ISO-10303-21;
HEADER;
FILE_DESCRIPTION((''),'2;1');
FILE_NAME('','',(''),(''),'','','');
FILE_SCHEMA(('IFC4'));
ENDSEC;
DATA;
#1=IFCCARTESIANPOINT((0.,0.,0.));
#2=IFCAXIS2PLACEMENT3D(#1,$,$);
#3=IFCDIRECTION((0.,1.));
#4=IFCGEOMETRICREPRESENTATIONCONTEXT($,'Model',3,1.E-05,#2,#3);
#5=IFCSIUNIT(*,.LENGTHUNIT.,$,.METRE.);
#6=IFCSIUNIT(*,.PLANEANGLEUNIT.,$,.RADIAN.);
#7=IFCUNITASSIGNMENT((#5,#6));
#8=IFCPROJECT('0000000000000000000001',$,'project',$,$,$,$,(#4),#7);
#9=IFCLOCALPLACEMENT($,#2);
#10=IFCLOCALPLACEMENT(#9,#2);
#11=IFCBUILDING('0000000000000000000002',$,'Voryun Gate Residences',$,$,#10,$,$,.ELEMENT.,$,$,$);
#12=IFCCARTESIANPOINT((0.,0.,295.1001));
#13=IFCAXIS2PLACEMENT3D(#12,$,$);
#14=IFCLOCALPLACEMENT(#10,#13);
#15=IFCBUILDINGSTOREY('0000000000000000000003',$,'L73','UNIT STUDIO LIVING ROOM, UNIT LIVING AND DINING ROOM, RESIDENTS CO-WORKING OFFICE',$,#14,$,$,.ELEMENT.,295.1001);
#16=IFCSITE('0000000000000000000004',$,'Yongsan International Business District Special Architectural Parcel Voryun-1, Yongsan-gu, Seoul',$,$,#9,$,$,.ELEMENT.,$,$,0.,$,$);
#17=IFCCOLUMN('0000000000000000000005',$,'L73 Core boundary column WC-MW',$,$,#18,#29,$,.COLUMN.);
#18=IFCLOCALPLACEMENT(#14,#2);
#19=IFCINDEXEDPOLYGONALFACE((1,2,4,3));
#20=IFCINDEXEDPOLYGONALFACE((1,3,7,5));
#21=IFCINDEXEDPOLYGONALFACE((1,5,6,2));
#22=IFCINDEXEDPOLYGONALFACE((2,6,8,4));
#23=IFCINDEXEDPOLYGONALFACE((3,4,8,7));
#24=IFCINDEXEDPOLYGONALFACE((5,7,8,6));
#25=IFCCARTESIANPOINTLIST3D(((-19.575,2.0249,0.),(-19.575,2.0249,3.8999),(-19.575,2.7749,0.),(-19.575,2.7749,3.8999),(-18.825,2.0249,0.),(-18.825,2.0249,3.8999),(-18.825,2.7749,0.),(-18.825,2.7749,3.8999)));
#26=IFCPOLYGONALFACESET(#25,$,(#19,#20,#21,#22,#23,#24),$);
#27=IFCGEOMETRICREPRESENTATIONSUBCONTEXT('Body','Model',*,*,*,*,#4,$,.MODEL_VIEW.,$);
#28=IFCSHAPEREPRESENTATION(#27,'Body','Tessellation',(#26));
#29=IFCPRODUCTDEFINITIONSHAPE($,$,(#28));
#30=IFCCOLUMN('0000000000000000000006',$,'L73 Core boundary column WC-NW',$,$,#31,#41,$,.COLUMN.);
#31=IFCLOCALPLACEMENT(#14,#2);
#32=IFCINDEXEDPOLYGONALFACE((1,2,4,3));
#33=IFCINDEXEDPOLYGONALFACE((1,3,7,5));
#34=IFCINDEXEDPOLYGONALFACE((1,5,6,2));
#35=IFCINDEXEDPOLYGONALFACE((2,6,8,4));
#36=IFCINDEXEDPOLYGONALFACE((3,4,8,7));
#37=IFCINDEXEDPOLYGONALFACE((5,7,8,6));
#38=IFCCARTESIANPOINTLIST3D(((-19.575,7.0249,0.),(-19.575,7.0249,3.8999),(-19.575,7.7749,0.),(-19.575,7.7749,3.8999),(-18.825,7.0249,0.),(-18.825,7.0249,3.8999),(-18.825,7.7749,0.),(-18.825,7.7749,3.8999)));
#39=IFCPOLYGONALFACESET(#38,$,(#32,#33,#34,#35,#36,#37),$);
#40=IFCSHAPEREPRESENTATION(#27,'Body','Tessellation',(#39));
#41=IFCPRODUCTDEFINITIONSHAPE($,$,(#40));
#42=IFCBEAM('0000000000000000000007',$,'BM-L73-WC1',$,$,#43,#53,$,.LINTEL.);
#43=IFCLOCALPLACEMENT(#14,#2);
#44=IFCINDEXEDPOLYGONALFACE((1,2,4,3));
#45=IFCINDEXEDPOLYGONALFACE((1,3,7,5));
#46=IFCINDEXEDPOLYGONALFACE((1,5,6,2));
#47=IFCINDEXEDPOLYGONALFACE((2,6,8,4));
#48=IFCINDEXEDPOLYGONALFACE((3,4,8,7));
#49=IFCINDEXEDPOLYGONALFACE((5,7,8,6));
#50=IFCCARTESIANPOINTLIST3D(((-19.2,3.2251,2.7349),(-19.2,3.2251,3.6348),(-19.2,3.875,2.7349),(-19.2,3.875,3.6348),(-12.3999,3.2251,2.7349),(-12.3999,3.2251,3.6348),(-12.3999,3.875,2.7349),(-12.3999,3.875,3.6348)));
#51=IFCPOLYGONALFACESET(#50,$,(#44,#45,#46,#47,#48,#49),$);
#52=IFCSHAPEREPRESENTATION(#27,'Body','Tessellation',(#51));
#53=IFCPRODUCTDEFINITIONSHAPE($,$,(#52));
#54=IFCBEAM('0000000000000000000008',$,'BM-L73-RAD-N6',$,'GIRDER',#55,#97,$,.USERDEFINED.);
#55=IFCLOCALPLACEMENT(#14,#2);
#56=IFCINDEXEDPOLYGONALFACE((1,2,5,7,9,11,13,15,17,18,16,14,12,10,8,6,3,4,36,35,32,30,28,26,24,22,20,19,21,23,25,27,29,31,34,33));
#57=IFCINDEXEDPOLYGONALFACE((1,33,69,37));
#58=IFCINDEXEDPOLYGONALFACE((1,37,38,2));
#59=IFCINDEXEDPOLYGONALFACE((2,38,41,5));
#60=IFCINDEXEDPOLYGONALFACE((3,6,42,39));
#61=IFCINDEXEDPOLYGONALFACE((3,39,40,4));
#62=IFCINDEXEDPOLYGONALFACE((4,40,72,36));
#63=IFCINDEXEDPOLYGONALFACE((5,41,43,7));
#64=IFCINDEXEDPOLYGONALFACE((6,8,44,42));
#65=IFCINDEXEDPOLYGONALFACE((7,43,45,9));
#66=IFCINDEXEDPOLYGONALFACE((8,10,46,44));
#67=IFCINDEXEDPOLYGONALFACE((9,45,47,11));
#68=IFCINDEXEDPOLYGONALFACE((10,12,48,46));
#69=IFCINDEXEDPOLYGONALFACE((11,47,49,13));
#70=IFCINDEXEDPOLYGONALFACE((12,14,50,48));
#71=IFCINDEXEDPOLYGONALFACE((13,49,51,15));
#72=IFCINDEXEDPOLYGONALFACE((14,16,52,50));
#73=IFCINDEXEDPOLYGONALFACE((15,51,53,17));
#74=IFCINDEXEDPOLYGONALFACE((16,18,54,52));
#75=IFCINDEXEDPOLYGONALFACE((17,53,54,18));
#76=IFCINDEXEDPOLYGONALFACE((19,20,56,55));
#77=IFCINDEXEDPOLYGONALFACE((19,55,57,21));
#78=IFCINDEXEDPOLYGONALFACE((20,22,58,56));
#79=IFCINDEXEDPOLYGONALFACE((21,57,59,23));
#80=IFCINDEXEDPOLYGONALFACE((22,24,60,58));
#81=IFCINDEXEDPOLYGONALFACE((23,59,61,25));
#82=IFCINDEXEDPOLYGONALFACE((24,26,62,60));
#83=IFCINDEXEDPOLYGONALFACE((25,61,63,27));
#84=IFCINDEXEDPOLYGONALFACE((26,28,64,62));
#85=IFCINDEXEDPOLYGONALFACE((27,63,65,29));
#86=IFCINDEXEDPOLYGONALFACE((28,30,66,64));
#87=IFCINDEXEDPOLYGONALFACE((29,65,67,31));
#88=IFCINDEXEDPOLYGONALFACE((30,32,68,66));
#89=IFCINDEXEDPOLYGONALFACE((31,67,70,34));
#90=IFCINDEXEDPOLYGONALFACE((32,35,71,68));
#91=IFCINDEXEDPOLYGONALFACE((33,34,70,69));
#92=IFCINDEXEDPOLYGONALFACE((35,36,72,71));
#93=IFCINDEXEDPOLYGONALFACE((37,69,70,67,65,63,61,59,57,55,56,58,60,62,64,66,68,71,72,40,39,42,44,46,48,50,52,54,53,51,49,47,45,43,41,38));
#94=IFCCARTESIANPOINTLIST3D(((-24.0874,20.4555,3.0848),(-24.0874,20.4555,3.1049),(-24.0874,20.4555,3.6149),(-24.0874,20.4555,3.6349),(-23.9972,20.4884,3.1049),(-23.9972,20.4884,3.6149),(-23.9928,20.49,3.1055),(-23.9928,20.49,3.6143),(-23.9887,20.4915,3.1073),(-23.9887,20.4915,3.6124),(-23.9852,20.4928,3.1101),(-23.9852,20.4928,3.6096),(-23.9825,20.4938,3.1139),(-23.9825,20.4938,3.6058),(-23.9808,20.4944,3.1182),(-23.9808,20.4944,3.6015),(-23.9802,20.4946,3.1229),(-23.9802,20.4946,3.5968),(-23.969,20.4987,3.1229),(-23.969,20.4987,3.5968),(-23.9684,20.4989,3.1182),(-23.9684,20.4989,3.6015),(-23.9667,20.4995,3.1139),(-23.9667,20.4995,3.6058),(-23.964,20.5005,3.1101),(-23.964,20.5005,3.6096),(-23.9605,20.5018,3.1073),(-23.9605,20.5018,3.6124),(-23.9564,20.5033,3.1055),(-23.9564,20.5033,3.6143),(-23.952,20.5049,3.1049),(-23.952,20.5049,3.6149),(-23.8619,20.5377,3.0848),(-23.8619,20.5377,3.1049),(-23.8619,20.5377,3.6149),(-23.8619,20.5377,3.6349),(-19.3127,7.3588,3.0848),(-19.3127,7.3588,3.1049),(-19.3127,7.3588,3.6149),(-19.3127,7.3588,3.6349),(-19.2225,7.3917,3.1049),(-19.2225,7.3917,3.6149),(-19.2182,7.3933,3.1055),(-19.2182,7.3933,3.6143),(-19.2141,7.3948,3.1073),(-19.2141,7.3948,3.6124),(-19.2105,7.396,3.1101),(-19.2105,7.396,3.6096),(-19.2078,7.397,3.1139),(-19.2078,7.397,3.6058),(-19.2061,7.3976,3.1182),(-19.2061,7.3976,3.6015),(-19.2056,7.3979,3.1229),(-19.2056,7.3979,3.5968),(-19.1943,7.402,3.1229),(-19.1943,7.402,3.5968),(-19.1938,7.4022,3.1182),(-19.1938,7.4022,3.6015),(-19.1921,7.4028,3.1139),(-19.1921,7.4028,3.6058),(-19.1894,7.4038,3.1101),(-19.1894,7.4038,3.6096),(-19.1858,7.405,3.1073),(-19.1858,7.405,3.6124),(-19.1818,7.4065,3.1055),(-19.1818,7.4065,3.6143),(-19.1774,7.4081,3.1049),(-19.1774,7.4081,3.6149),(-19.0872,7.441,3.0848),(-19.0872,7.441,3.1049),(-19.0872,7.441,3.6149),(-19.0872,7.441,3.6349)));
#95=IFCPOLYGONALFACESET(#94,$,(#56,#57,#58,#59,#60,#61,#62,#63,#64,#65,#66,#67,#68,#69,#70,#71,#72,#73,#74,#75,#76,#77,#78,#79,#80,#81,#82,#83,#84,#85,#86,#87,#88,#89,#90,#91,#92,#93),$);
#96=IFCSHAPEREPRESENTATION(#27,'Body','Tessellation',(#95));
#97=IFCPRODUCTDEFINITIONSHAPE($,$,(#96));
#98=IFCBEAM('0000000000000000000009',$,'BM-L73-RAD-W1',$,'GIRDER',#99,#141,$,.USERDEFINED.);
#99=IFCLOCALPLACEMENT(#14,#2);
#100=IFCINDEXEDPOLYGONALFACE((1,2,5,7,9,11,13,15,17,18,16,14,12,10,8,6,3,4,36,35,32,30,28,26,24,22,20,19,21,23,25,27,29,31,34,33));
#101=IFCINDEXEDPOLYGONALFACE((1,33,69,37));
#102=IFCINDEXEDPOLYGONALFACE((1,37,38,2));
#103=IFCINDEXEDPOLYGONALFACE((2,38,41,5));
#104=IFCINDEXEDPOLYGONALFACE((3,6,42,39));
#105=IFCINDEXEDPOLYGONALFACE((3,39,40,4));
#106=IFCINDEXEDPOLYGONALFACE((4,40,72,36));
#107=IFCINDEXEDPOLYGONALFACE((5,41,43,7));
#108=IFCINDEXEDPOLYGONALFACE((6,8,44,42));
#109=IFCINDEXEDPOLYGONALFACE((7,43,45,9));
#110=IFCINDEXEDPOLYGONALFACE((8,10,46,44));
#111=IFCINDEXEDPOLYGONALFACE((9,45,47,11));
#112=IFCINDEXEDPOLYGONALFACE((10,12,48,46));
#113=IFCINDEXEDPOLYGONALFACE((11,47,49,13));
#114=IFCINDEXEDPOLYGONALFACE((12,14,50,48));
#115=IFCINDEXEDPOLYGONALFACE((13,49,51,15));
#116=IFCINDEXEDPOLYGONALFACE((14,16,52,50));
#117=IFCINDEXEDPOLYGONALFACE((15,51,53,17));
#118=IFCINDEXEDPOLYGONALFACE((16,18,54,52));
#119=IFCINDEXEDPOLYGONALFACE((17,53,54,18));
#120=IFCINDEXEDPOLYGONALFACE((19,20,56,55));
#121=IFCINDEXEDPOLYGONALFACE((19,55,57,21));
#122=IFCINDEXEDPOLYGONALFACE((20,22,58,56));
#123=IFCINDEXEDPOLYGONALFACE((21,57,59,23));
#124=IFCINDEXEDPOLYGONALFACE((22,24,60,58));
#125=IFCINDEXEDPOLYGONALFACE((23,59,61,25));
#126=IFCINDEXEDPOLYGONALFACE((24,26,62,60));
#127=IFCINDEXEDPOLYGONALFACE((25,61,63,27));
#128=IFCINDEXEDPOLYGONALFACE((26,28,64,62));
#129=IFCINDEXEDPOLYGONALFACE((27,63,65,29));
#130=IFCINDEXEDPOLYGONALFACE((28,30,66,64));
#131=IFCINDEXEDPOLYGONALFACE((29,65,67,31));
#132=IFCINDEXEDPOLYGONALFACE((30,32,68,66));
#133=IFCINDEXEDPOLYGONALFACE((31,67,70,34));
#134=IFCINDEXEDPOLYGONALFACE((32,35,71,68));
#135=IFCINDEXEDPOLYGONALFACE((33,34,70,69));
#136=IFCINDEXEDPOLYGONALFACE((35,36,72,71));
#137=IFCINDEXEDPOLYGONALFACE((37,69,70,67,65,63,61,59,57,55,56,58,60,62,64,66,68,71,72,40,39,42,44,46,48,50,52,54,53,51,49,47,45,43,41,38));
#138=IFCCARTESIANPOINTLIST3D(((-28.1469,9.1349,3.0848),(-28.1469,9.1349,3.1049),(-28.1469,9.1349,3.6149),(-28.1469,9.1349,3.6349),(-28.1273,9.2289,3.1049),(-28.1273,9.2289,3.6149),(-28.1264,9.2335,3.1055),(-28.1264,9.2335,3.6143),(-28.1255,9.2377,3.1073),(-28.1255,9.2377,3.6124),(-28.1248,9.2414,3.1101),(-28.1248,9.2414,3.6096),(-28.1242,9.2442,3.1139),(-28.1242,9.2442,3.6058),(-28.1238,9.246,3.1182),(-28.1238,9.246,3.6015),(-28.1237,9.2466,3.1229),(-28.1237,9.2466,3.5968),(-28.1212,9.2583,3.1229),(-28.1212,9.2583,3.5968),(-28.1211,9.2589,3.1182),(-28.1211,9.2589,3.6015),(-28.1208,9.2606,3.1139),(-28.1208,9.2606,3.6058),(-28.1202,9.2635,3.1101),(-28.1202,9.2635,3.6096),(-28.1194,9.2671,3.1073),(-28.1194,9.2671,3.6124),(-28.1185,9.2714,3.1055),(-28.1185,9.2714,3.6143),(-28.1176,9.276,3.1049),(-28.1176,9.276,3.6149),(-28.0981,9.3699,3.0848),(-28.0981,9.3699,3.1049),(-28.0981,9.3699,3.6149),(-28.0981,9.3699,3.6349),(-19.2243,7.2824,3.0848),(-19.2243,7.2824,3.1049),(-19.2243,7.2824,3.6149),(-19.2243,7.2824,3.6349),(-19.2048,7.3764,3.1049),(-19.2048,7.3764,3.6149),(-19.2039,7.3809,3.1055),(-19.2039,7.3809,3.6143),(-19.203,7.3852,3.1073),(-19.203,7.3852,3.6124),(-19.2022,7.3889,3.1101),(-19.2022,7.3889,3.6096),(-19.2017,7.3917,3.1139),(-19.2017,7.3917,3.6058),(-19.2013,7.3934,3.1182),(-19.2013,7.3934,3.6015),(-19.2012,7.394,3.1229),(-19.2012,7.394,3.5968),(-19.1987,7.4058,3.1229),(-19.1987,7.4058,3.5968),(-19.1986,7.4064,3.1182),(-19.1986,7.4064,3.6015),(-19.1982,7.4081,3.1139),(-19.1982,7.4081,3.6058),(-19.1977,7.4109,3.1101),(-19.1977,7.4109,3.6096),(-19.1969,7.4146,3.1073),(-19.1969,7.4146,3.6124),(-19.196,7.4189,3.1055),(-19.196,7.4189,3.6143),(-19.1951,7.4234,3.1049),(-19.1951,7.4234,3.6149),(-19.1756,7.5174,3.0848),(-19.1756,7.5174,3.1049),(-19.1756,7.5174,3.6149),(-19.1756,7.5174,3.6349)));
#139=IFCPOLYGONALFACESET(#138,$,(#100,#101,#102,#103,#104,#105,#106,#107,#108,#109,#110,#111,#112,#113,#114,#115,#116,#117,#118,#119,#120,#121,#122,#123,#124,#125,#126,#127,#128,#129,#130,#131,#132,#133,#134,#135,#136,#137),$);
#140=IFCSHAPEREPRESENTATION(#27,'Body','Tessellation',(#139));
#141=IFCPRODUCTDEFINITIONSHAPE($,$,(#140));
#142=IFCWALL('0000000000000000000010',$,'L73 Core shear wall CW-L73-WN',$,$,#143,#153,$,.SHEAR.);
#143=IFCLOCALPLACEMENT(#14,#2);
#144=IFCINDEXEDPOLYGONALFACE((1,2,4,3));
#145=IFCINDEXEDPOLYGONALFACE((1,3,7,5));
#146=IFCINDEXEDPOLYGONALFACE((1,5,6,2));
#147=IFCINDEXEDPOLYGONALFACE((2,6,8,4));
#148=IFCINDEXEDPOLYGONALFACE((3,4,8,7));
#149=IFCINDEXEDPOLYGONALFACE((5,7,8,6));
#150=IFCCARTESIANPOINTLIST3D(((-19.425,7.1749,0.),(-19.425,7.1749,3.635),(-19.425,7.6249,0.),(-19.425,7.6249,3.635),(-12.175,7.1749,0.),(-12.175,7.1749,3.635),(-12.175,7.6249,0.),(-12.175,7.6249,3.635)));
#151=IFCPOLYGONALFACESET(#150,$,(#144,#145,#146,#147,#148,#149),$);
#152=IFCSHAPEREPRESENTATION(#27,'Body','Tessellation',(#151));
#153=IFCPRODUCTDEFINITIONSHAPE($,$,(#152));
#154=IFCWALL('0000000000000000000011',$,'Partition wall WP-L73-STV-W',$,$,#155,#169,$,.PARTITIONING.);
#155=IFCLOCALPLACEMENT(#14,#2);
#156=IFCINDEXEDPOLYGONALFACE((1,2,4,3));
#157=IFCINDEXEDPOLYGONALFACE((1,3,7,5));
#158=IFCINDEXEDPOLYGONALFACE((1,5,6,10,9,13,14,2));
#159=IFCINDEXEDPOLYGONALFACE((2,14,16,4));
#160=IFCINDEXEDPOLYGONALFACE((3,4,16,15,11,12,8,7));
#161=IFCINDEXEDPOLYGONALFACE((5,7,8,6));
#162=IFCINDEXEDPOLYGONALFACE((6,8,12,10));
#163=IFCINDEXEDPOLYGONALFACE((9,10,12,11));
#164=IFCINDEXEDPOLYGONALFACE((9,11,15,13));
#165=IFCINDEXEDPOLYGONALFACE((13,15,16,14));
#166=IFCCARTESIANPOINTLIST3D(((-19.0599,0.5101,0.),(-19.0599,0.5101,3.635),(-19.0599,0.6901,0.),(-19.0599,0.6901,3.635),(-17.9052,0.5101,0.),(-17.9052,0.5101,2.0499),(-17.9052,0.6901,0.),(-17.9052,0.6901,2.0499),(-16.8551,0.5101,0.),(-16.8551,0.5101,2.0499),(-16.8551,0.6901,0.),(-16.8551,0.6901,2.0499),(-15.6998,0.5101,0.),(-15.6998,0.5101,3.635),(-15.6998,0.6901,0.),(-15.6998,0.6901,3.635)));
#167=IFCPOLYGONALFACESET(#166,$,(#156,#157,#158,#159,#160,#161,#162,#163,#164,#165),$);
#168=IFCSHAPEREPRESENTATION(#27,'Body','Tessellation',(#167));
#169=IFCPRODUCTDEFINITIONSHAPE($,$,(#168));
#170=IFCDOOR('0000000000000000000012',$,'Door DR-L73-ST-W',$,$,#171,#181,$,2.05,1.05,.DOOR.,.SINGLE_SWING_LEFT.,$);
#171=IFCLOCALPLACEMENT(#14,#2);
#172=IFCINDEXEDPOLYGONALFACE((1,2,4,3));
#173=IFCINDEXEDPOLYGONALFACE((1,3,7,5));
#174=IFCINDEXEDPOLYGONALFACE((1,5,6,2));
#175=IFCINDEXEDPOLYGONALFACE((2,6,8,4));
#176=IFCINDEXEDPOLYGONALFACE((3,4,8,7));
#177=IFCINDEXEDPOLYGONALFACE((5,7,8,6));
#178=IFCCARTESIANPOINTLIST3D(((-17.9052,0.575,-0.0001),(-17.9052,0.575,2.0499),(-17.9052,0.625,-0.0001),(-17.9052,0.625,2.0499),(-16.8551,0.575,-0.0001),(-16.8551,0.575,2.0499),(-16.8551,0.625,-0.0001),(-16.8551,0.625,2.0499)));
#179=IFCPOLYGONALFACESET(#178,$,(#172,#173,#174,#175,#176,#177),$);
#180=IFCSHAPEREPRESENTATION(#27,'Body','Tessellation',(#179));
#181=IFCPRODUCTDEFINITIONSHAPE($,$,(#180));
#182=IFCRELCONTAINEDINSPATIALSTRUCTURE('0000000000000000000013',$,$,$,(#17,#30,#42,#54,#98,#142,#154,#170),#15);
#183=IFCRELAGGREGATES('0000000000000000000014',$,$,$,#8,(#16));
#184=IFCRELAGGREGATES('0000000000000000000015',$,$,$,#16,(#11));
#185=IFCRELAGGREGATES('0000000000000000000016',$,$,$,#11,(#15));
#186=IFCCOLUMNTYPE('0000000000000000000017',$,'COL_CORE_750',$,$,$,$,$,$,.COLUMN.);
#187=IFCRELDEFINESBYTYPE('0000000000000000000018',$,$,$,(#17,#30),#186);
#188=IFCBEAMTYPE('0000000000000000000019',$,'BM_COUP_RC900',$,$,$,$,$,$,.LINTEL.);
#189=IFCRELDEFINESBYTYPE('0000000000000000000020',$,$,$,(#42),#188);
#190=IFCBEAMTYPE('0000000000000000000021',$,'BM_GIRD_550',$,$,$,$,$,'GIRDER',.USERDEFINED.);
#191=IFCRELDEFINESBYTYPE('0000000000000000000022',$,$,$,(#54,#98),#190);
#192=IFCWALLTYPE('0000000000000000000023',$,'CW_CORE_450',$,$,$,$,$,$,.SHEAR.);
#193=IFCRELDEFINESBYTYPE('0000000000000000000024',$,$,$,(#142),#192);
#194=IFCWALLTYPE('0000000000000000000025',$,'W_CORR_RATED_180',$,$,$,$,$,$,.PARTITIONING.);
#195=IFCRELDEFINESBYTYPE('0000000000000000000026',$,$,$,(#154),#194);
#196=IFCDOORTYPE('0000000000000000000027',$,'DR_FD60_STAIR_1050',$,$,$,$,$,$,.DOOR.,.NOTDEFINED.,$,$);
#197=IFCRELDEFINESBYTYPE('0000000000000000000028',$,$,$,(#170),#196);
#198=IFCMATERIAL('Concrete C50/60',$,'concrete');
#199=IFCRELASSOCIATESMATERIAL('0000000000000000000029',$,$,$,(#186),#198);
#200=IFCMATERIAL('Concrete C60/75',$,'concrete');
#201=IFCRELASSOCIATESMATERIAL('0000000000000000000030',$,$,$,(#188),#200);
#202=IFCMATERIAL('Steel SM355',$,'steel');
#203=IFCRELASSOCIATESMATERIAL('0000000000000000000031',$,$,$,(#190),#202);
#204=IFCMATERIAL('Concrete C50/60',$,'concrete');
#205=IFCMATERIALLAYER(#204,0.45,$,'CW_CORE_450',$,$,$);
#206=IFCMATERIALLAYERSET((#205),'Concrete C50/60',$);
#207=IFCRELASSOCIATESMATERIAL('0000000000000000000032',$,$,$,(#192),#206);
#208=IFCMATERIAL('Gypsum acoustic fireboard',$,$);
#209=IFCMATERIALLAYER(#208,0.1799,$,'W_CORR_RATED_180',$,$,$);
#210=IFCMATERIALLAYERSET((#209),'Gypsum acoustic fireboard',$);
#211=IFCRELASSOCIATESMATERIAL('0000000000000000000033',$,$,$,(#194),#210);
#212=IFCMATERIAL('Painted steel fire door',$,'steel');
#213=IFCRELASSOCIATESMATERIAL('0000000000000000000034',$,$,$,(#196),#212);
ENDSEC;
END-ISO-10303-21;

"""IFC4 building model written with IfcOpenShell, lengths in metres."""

from ifc_helpers import new_model, si_unit, direction, frame, frame_2d, origin, origin_2d, place, context, subcontext, project, spatial, rectangle, i_section, extrude, material, layer, layer_set, material_profile, profile_set, type_object, element, fill, save


model = new_model("IFC4")

# Units and contexts
model_context = context("Model", 3, precision=1e-05, world=origin(), true_north=direction((0.0, 1.0)))
body_context = subcontext(model_context, "Body", "Model", "MODEL_VIEW")
ifc_project = project(units=[si_unit("LENGTHUNIT", "METRE"), si_unit("PLANEANGLEUNIT", "RADIAN")], contexts=[model_context])

# Site, building, storey
site_placement = place(None, origin())
site = spatial("IfcSite", under=ifc_project, at=site_placement, Name="Yongsan International Business District Special Architectural Parcel Voryun-1, Yongsan-gu, Seoul", CompositionType="ELEMENT", RefElevation=0.0)
building_placement = place(site_placement, origin())
building = spatial("IfcBuilding", under=site, at=building_placement, Name="Voryun Gate Residences", CompositionType="ELEMENT")
storey_placement = place(building_placement, frame((0.0, 0.0, 295.1001)))
storey = spatial("IfcBuildingStorey", under=building, at=storey_placement, Name="L73", Description="UNIT STUDIO LIVING ROOM, UNIT LIVING AND DINING ROOM, RESIDENTS CO-WORKING OFFICE", CompositionType="ELEMENT", Elevation=295.1001)

# Columns
ifc_material_1 = material(Name="Concrete C50/60", Category="concrete")
ifc_material_profile_1 = material_profile(ifc_material_1, rectangle(XDim=0.75, YDim=0.75, at=origin_2d()), Name="RC-750x750")
ifc_profile_set_1 = profile_set([ifc_material_profile_1], Name="Concrete C50/60")
column_type = type_object("IfcColumnType", Name="COL_CORE_750", PredefinedType="COLUMN", material=ifc_profile_set_1)
for number, where, z_axis, x_axis, name in (
    (1, (-19.2, 2.3999, 0.0), (0.0, 0.0, 1.0), (1.0, 0.0, 0.0), "L73 Core boundary column WC-MW"),
    (2, (-19.2, 7.3999, 0.0), (0.0, 0.0, 1.0), (1.0, 0.0, 0.0), "L73 Core boundary column WC-NW"),
):
    element("IfcColumn", number, at=place(storey_placement, frame(where, z_axis=z_axis, x_axis=x_axis)), inside=storey, type_object=column_type, Name=name, PredefinedType="COLUMN", context=body_context, shape_type="SweptSolid", body=[
        extrude(rectangle(XDim=0.75, YDim=0.75, at=origin_2d()), origin(), (0.0, 0.0, 1.0), 3.8999),
    ])

# Beams
ifc_material_2 = material(Name="Concrete C60/75", Category="concrete")
ifc_material_profile_2 = material_profile(ifc_material_2, rectangle(XDim=0.6499, YDim=0.8999, at=origin_2d()), Name="RC-650x900")
ifc_profile_set_2 = profile_set([ifc_material_profile_2], Name="Concrete C60/75")
beam_type_1 = type_object("IfcBeamType", Name="BM_COUP_RC900", PredefinedType="LINTEL", material=ifc_profile_set_2)
beam_1_placement = place(storey_placement, frame((-19.2, 3.55, 3.1848), z_axis=(1.0, 0.0, 0.0), x_axis=(0.0, 1.0, 0.0)))
element("IfcBeam", 3, at=beam_1_placement, inside=storey, type_object=beam_type_1, Name="BM-L73-WC1", PredefinedType="LINTEL", context=body_context, shape_type="SweptSolid", body=[
    extrude(rectangle(XDim=0.6499, YDim=0.8999, at=origin_2d()), origin(), (0.0, 0.0, 1.0), 6.8),
])
ifc_material_3 = material(Name="Steel SM355", Category="steel")
ifc_material_profile_3 = material_profile(ifc_material_3, i_section(OverallWidth=0.24, OverallDepth=0.55, WebThickness=0.012, FlangeThickness=0.02, FilletRadius=0.0181, at=origin_2d()), Name="H-550x240x12x20")
ifc_profile_set_3 = profile_set([ifc_material_profile_3], Name="Steel SM355")
beam_type_2 = type_object("IfcBeamType", Name="BM_GIRD_550", ElementType="GIRDER", PredefinedType="USERDEFINED", material=ifc_profile_set_3)
beam_2_placement = place(storey_placement, frame((-19.2, 7.3999, 3.3599), z_axis=(-0.342518, 0.939511, 0.0), x_axis=(-0.939511, -0.342518, 0.0)))
element("IfcBeam", 4, at=beam_2_placement, inside=storey, type_object=beam_type_2, Name="BM-L73-RAD-N6", ObjectType="GIRDER", PredefinedType="USERDEFINED", context=body_context, shape_type="SweptSolid", body=[
    extrude(i_section(OverallWidth=0.24, OverallDepth=0.55, WebThickness=0.012, FlangeThickness=0.02, FilletRadius=0.0181, at=origin_2d()), origin(), (0.0, 0.0, 1.0), 13.9399),
])
beam_3_placement = place(storey_placement, frame((-19.2, 7.3999, 3.3599), z_axis=(-0.979119, 0.203288, 0.0), x_axis=(-0.203288, -0.979119, 0.0)))
element("IfcBeam", 5, at=beam_3_placement, inside=storey, type_object=beam_type_2, Name="BM-L73-RAD-W1", ObjectType="GIRDER", PredefinedType="USERDEFINED", context=body_context, shape_type="SweptSolid", body=[
    extrude(i_section(OverallWidth=0.24, OverallDepth=0.55, WebThickness=0.012, FlangeThickness=0.02, FilletRadius=0.0181, at=origin_2d()), origin(), (0.0, 0.0, 1.0), 9.1128),
])

# Wall
ifc_material_4 = material(Name="Concrete C50/60", Category="concrete")
ifc_layer_1 = layer(ifc_material_4, 0.45, Name="CW_CORE_450")
ifc_layer_set_1 = layer_set([ifc_layer_1], Name="Concrete C50/60")
wall_type_1 = type_object("IfcWallType", Name="CW_CORE_450", PredefinedType="SHEAR", material=ifc_layer_set_1)
wall_1_placement = place(storey_placement, frame((-19.425, 7.3999, 0.0), z_axis=(0.0, 0.0, 1.0), x_axis=(1.0, 0.0, 0.0)))
element("IfcWall", 6, at=wall_1_placement, inside=storey, type_object=wall_type_1, Name="L73 Core shear wall CW-L73-WN", PredefinedType="SHEAR", context=body_context, shape_type="SweptSolid", body=[
    extrude(rectangle(XDim=7.25, YDim=0.45, at=frame_2d((3.625, 0.0))), origin(), (0.0, 0.0, 1.0), 3.635),
])

# Wall, opening, door
ifc_material_5 = material(Name="Gypsum acoustic fireboard")
ifc_layer_2 = layer(ifc_material_5, 0.1799, Name="W_CORR_RATED_180")
ifc_layer_set_2 = layer_set([ifc_layer_2], Name="Gypsum acoustic fireboard")
wall_type_2 = type_object("IfcWallType", Name="W_CORR_RATED_180", PredefinedType="PARTITIONING", material=ifc_layer_set_2)
wall_2_placement = place(storey_placement, frame((-19.0601, 0.6001, 0.0), z_axis=(0.0, 0.0, 1.0), x_axis=(1.0, 0.0, 0.0)))
wall_2 = element("IfcWall", 7, at=wall_2_placement, inside=storey, type_object=wall_type_2, Name="Partition wall WP-L73-STV-W", PredefinedType="PARTITIONING", context=body_context, shape_type="SweptSolid", body=[
    extrude(rectangle(XDim=3.3601, YDim=0.1799, at=frame_2d((1.6802, 0.0))), origin(), (0.0, 0.0, 1.0), 3.635),
])
opening_1_placement = place(wall_2_placement, frame((1.155, 0.0, 0.0)))
opening_1 = element("IfcOpeningElement", 8, at=opening_1_placement, cuts=wall_2, PredefinedType="OPENING", context=body_context, shape_type="SweptSolid", body=[
    extrude(rectangle(XDim=1.05, YDim=2.05, at=frame_2d((0.5249, 1.0249))), frame((0.0, 0.0999, 0.0), z_axis=(0.0, -1.0, 0.0), x_axis=(1.0, 0.0, 0.0)), (0.0, 0.0, 1.0), 0.2),
])
ifc_material_6 = material(Name="Painted steel fire door", Category="steel")
door_type_1 = type_object("IfcDoorType", Name="DR_FD60_STAIR_1050", OperationType="NOTDEFINED", PredefinedType="DOOR", material=ifc_material_6)
door_1_placement = place(opening_1_placement, origin())
door_1 = element("IfcDoor", 9, at=door_1_placement, inside=storey, type_object=door_type_1, Name="Door DR-L73-ST-W", OperationType="SINGLE_SWING_LEFT", OverallHeight=2.05, OverallWidth=1.05, PredefinedType="DOOR", context=body_context, shape_type="SweptSolid", body=[
    extrude(rectangle(XDim=1.05, YDim=2.05, at=frame_2d((0.5249, 1.0249))), frame((0.0, 0.0249, 0.0), z_axis=(0.0, -1.0, 0.0), x_axis=(1.0, 0.0, 0.0)), (0.0, 0.0, 1.0), 0.05),
])
fill(opening_1, door_1)

save(model, "model.ifc")
